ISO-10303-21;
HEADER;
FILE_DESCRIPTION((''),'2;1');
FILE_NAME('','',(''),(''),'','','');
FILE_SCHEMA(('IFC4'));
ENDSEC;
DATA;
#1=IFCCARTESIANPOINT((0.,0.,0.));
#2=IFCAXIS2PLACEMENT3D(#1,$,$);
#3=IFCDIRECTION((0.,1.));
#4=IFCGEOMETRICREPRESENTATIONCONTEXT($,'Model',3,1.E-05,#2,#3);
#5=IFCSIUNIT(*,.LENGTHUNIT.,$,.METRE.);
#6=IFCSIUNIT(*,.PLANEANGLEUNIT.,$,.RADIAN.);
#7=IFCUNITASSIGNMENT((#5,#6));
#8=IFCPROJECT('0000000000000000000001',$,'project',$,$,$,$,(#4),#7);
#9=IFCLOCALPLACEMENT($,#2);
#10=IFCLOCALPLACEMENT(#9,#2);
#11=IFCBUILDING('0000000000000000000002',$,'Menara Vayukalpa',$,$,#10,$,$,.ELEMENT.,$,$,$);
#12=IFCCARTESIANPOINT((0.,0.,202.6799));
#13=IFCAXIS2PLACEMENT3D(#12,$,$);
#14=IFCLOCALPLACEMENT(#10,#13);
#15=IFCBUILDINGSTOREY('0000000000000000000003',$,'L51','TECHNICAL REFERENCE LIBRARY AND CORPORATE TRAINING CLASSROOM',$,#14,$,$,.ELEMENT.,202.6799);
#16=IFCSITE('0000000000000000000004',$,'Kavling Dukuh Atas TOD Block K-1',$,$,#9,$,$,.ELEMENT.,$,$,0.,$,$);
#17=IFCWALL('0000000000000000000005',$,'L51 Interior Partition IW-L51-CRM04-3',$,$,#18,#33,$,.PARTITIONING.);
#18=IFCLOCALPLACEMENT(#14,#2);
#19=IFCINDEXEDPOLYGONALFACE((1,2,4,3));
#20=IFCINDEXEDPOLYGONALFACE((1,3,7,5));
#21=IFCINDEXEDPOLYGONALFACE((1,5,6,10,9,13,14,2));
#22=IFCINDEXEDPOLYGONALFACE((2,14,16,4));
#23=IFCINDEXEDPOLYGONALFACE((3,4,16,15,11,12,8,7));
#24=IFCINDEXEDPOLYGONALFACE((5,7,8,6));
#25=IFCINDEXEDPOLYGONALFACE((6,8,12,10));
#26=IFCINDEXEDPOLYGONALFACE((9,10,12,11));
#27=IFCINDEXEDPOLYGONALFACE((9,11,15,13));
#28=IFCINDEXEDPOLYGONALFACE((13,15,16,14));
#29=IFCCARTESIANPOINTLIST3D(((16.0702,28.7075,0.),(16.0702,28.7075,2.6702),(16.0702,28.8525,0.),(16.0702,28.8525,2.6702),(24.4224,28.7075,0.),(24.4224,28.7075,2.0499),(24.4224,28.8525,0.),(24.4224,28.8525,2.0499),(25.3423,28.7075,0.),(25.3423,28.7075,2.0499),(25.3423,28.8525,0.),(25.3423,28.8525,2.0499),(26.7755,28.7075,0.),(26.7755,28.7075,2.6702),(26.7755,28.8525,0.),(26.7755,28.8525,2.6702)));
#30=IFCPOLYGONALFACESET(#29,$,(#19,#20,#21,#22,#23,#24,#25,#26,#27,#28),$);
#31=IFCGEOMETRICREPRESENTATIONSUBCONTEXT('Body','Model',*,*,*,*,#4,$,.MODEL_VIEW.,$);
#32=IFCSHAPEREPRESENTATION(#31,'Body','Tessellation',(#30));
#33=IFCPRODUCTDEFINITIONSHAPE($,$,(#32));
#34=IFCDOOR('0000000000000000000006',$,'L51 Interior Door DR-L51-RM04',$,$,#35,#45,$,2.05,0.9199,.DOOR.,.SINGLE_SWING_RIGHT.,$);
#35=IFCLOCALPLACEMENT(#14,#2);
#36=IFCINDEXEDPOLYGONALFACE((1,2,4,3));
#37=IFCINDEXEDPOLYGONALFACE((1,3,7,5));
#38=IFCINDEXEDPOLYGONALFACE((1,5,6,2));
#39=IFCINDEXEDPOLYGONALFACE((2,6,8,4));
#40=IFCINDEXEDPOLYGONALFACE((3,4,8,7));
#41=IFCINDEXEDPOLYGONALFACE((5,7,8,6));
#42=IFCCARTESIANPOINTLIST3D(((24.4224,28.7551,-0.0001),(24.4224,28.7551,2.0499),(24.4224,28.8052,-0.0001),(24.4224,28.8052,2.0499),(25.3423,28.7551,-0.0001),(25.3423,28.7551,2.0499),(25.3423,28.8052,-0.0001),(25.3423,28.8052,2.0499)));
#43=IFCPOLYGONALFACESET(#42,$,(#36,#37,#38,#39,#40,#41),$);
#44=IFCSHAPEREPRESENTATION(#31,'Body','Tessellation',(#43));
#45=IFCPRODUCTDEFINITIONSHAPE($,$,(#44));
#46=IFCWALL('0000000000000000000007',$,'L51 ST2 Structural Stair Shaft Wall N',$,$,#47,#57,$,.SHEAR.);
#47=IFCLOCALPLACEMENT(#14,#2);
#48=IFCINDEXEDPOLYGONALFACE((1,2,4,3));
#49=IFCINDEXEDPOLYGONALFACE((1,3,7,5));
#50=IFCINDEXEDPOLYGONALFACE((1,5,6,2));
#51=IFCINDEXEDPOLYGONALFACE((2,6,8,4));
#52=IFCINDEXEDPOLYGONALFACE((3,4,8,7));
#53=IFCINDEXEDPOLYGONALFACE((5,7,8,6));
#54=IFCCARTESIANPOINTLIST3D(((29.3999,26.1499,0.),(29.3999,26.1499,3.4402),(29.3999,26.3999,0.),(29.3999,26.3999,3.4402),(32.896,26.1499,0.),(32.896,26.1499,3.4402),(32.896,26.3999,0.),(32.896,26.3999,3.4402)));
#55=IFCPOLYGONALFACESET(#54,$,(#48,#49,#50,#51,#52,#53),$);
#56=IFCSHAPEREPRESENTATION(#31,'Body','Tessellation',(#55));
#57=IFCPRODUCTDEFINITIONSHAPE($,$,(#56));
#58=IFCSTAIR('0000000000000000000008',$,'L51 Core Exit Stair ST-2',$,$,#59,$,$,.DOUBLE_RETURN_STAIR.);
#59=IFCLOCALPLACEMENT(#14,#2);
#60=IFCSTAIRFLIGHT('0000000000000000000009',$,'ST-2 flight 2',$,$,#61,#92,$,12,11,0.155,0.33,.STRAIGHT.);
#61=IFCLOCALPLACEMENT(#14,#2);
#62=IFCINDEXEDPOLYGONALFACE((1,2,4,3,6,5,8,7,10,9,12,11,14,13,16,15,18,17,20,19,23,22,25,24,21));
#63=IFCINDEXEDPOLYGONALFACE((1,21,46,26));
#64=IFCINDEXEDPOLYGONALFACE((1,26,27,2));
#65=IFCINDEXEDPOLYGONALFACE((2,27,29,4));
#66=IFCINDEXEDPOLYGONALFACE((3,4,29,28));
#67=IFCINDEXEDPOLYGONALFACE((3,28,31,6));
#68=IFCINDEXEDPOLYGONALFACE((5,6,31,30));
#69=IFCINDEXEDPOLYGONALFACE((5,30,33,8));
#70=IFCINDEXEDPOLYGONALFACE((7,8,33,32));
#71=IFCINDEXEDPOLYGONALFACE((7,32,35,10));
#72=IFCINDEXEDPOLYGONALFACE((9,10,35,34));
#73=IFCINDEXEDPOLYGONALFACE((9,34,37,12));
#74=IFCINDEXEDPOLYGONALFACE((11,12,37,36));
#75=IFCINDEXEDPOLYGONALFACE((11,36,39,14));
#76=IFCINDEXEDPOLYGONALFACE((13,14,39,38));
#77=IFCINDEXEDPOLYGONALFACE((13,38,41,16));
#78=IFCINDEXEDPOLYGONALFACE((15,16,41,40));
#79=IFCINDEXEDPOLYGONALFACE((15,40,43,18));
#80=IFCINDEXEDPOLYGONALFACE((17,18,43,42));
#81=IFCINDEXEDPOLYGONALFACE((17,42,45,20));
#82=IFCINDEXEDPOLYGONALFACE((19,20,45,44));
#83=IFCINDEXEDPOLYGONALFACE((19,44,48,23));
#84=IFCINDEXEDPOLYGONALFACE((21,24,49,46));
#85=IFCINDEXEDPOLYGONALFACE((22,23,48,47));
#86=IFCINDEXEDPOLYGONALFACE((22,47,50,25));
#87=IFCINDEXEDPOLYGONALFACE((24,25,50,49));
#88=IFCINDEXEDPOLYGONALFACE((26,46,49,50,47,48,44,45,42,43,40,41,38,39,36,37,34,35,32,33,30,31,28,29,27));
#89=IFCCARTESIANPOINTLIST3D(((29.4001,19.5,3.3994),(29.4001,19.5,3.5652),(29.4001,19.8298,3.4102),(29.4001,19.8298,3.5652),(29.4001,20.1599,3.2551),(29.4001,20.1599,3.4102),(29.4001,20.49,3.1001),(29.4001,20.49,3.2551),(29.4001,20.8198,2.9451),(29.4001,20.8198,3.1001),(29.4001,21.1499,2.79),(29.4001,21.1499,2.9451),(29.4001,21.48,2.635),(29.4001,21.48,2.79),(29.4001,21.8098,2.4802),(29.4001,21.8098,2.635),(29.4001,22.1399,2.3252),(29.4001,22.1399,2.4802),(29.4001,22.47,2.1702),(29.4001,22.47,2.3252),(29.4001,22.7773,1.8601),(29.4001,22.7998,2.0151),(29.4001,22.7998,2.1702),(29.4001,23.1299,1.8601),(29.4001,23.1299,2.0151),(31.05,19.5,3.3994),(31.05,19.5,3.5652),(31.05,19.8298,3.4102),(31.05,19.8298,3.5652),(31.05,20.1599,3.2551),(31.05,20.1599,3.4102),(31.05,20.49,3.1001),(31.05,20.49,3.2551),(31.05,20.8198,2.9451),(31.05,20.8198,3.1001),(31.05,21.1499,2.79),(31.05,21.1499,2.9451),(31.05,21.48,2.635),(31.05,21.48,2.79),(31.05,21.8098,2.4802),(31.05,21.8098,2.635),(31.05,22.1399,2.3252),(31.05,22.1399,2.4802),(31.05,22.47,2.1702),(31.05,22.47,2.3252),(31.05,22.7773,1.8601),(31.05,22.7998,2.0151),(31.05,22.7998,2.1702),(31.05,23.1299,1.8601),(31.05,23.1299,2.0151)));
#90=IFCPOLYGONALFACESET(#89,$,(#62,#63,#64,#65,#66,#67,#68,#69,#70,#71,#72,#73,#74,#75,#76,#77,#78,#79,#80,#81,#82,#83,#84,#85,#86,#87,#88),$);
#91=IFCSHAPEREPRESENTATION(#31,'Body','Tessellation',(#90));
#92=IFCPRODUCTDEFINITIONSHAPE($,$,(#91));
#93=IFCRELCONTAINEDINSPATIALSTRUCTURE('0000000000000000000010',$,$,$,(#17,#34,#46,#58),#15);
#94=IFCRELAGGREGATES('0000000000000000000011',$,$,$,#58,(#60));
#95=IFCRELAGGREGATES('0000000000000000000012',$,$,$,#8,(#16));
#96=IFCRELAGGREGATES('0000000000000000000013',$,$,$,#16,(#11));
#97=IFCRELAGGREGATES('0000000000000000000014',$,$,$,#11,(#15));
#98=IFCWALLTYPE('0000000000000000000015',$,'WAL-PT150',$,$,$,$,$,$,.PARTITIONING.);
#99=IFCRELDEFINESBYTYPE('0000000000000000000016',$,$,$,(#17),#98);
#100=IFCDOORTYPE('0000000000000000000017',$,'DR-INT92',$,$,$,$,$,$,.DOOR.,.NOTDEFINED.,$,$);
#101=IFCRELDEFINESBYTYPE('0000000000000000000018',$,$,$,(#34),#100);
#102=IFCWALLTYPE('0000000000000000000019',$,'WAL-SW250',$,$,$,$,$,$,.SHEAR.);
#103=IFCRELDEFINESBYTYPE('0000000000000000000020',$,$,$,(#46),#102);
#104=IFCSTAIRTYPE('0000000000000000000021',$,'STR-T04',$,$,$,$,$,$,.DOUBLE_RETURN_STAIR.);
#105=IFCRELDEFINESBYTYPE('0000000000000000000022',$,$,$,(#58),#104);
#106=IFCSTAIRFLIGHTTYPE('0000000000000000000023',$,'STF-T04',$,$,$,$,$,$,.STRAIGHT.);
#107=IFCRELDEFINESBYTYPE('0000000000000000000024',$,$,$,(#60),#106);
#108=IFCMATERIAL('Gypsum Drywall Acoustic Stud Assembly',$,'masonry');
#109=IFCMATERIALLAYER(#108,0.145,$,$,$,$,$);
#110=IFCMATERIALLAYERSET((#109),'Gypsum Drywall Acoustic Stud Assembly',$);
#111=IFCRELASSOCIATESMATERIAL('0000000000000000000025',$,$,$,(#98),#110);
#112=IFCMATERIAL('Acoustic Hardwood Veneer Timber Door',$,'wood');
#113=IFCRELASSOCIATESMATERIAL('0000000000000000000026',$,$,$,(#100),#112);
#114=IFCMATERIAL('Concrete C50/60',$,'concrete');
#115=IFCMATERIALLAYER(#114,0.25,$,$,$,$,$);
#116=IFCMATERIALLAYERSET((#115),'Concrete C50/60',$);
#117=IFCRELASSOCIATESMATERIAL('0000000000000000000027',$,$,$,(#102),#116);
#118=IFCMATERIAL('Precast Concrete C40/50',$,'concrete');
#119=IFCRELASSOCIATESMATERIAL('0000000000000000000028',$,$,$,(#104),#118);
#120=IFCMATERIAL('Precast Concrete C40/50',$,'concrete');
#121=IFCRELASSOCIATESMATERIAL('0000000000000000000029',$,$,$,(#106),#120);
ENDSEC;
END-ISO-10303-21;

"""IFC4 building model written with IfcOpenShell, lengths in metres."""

from ifc_helpers import new_model, si_unit, direction, frame, frame_2d, origin, place, context, subcontext, project, spatial, polyline, rectangle, outline, extrude, material, layer, layer_set, type_object, element, fill, aggregate, save


model = new_model("IFC4")

# Units and contexts
model_context = context("Model", 3, precision=1e-05, world=origin(), true_north=direction((0.0, 1.0)))
body_context = subcontext(model_context, "Body", "Model", "MODEL_VIEW")
ifc_project = project(units=[si_unit("LENGTHUNIT", "METRE"), si_unit("PLANEANGLEUNIT", "RADIAN")], contexts=[model_context])

# Site, building, storey
site_placement = place(None, origin())
site = spatial("IfcSite", under=ifc_project, at=site_placement, Name="Kavling Dukuh Atas TOD Block K-1", CompositionType="ELEMENT", RefElevation=0.0)
building_placement = place(site_placement, origin())
building = spatial("IfcBuilding", under=site, at=building_placement, Name="Menara Vayukalpa", CompositionType="ELEMENT")
storey_placement = place(building_placement, frame((0.0, 0.0, 202.6799)))
storey = spatial("IfcBuildingStorey", under=building, at=storey_placement, Name="L51", Description="TECHNICAL REFERENCE LIBRARY AND CORPORATE TRAINING CLASSROOM", CompositionType="ELEMENT", Elevation=202.6799)

# Shared definitions
ifc_material_1 = material(Name="Gypsum Drywall Acoustic Stud Assembly", Category="masonry")
ifc_layer_1 = layer(ifc_material_1, 0.145)
ifc_layer_set_1 = layer_set([ifc_layer_1], Name="Gypsum Drywall Acoustic Stud Assembly")
wall_type_1 = type_object("IfcWallType", Name="WAL-PT150", PredefinedType="PARTITIONING", material=ifc_layer_set_1)

# Wall, opening, door
wall_1_placement = place(storey_placement, frame((26.7754, 28.78, 0.0), z_axis=(0.0, 0.0, 1.0), x_axis=(-1.0, 0.0, 0.0)))
wall_1 = element("IfcWall", 1, at=wall_1_placement, inside=storey, type_object=wall_type_1, Name="L51 Interior Partition IW-L51-CRM04-3", PredefinedType="PARTITIONING", context=body_context, shape_type="SweptSolid", body=[
    extrude(rectangle(XDim=10.7053, YDim=0.145, at=frame_2d((5.3525, 0.0))), origin(), (0.0, 0.0, 1.0), 2.6702),
])
opening_placement = place(wall_1_placement, frame((1.4331, 0.0, 0.0)))
opening = element("IfcOpeningElement", 2, at=opening_placement, cuts=wall_1, PredefinedType="OPENING", context=body_context, shape_type="SweptSolid", body=[
    extrude(rectangle(XDim=0.9199, YDim=2.05, at=frame_2d((0.46, 1.0249))), frame((0.0, 0.0825, 0.0), z_axis=(0.0, -1.0, 0.0), x_axis=(1.0, 0.0, 0.0)), (0.0, 0.0, 1.0), 0.165),
])
ifc_material_2 = material(Name="Acoustic Hardwood Veneer Timber Door", Category="wood")
door_type = type_object("IfcDoorType", Name="DR-INT92", OperationType="NOTDEFINED", PredefinedType="DOOR", material=ifc_material_2)
door_placement = place(opening_placement, origin())
door = element("IfcDoor", 3, at=door_placement, inside=storey, type_object=door_type, Name="L51 Interior Door DR-L51-RM04", OperationType="SINGLE_SWING_RIGHT", OverallHeight=2.05, OverallWidth=0.9199, PredefinedType="DOOR", context=body_context, shape_type="SweptSolid", body=[
    extrude(rectangle(XDim=0.9199, YDim=2.05, at=frame_2d((0.46, 1.0249))), frame((0.0, 0.0249, 0.0), z_axis=(0.0, -1.0, 0.0), x_axis=(1.0, 0.0, 0.0)), (0.0, 0.0, 1.0), 0.05),
])
fill(opening, door)

# Wall
ifc_material_3 = material(Name="Concrete C50/60", Category="concrete")
ifc_layer_2 = layer(ifc_material_3, 0.25)
ifc_layer_set_2 = layer_set([ifc_layer_2], Name="Concrete C50/60")
wall_type_2 = type_object("IfcWallType", Name="WAL-SW250", PredefinedType="SHEAR", material=ifc_layer_set_2)
wall_2_placement = place(storey_placement, frame((29.3999, 26.2749, 0.0), z_axis=(0.0, 0.0, 1.0), x_axis=(1.0, 0.0, 0.0)))
element("IfcWall", 4, at=wall_2_placement, inside=storey, type_object=wall_type_2, Name="L51 ST2 Structural Stair Shaft Wall N", PredefinedType="SHEAR", context=body_context, shape_type="SweptSolid", body=[
    extrude(rectangle(XDim=3.4961, YDim=0.25, at=frame_2d((1.748, 0.0))), origin(), (0.0, 0.0, 1.0), 3.4402),
])

# Stair, stair flight
ifc_material_4 = material(Name="Precast Concrete C40/50", Category="concrete")
stair_type = type_object("IfcStairType", Name="STR-T04", PredefinedType="DOUBLE_RETURN_STAIR", material=ifc_material_4)
stair_placement = place(storey_placement, origin())
stair = element("IfcStair", 5, at=stair_placement, inside=storey, type_object=stair_type, Name="L51 Core Exit Stair ST-2", PredefinedType="DOUBLE_RETURN_STAIR")
ifc_material_5 = material(Name="Precast Concrete C40/50", Category="concrete")
stair_flight_type = type_object("IfcStairFlightType", Name="STF-T04", PredefinedType="STRAIGHT", material=ifc_material_5)
stair_flight_placement = place(storey_placement, frame((30.2251, 23.1299, 1.8601), z_axis=(0.0, 0.0, 1.0), x_axis=(0.0, -1.0, 0.0)))
stair_flight = element("IfcStairFlight", 6, at=stair_flight_placement, type_object=stair_flight_type, Name="ST-2 flight 2", NumberOfRisers=12, NumberOfTreads=11, PredefinedType="STRAIGHT", RiserHeight=0.155, TreadLength=0.33, context=body_context, shape_type="SweptSolid", body=[
    extrude(outline(polyline([(0.0, 0.0), (0.0, 0.155), (0.3301, 0.155), (0.3301, 0.3101), (0.6599, 0.3101), (0.6599, 0.4651), (0.99, 0.4651), (0.99, 0.6201), (1.3201, 0.6201), (1.3201, 0.7749), (1.6499, 0.7749), (1.6499, 0.9299), (1.98, 0.9299), (1.98, 1.085), (2.3101, 1.085), (2.3101, 1.24), (2.6399, 1.24), (2.6399, 1.395), (2.97, 1.395), (2.97, 1.55), (3.3, 1.55), (3.3, 1.7051), (3.6299, 1.7051), (3.6299, 1.8601), (3.6299, 1.5393), (0.3525, 0.0), (0.0, 0.0)])), frame((0.0, 0.825, 0.0), z_axis=(0.0, -1.0, 0.0), x_axis=(1.0, 0.0, 0.0)), (0.0, 0.0, 1.0), 1.6499),
])
aggregate(stair, [stair_flight])

save(model, "model.ifc")
